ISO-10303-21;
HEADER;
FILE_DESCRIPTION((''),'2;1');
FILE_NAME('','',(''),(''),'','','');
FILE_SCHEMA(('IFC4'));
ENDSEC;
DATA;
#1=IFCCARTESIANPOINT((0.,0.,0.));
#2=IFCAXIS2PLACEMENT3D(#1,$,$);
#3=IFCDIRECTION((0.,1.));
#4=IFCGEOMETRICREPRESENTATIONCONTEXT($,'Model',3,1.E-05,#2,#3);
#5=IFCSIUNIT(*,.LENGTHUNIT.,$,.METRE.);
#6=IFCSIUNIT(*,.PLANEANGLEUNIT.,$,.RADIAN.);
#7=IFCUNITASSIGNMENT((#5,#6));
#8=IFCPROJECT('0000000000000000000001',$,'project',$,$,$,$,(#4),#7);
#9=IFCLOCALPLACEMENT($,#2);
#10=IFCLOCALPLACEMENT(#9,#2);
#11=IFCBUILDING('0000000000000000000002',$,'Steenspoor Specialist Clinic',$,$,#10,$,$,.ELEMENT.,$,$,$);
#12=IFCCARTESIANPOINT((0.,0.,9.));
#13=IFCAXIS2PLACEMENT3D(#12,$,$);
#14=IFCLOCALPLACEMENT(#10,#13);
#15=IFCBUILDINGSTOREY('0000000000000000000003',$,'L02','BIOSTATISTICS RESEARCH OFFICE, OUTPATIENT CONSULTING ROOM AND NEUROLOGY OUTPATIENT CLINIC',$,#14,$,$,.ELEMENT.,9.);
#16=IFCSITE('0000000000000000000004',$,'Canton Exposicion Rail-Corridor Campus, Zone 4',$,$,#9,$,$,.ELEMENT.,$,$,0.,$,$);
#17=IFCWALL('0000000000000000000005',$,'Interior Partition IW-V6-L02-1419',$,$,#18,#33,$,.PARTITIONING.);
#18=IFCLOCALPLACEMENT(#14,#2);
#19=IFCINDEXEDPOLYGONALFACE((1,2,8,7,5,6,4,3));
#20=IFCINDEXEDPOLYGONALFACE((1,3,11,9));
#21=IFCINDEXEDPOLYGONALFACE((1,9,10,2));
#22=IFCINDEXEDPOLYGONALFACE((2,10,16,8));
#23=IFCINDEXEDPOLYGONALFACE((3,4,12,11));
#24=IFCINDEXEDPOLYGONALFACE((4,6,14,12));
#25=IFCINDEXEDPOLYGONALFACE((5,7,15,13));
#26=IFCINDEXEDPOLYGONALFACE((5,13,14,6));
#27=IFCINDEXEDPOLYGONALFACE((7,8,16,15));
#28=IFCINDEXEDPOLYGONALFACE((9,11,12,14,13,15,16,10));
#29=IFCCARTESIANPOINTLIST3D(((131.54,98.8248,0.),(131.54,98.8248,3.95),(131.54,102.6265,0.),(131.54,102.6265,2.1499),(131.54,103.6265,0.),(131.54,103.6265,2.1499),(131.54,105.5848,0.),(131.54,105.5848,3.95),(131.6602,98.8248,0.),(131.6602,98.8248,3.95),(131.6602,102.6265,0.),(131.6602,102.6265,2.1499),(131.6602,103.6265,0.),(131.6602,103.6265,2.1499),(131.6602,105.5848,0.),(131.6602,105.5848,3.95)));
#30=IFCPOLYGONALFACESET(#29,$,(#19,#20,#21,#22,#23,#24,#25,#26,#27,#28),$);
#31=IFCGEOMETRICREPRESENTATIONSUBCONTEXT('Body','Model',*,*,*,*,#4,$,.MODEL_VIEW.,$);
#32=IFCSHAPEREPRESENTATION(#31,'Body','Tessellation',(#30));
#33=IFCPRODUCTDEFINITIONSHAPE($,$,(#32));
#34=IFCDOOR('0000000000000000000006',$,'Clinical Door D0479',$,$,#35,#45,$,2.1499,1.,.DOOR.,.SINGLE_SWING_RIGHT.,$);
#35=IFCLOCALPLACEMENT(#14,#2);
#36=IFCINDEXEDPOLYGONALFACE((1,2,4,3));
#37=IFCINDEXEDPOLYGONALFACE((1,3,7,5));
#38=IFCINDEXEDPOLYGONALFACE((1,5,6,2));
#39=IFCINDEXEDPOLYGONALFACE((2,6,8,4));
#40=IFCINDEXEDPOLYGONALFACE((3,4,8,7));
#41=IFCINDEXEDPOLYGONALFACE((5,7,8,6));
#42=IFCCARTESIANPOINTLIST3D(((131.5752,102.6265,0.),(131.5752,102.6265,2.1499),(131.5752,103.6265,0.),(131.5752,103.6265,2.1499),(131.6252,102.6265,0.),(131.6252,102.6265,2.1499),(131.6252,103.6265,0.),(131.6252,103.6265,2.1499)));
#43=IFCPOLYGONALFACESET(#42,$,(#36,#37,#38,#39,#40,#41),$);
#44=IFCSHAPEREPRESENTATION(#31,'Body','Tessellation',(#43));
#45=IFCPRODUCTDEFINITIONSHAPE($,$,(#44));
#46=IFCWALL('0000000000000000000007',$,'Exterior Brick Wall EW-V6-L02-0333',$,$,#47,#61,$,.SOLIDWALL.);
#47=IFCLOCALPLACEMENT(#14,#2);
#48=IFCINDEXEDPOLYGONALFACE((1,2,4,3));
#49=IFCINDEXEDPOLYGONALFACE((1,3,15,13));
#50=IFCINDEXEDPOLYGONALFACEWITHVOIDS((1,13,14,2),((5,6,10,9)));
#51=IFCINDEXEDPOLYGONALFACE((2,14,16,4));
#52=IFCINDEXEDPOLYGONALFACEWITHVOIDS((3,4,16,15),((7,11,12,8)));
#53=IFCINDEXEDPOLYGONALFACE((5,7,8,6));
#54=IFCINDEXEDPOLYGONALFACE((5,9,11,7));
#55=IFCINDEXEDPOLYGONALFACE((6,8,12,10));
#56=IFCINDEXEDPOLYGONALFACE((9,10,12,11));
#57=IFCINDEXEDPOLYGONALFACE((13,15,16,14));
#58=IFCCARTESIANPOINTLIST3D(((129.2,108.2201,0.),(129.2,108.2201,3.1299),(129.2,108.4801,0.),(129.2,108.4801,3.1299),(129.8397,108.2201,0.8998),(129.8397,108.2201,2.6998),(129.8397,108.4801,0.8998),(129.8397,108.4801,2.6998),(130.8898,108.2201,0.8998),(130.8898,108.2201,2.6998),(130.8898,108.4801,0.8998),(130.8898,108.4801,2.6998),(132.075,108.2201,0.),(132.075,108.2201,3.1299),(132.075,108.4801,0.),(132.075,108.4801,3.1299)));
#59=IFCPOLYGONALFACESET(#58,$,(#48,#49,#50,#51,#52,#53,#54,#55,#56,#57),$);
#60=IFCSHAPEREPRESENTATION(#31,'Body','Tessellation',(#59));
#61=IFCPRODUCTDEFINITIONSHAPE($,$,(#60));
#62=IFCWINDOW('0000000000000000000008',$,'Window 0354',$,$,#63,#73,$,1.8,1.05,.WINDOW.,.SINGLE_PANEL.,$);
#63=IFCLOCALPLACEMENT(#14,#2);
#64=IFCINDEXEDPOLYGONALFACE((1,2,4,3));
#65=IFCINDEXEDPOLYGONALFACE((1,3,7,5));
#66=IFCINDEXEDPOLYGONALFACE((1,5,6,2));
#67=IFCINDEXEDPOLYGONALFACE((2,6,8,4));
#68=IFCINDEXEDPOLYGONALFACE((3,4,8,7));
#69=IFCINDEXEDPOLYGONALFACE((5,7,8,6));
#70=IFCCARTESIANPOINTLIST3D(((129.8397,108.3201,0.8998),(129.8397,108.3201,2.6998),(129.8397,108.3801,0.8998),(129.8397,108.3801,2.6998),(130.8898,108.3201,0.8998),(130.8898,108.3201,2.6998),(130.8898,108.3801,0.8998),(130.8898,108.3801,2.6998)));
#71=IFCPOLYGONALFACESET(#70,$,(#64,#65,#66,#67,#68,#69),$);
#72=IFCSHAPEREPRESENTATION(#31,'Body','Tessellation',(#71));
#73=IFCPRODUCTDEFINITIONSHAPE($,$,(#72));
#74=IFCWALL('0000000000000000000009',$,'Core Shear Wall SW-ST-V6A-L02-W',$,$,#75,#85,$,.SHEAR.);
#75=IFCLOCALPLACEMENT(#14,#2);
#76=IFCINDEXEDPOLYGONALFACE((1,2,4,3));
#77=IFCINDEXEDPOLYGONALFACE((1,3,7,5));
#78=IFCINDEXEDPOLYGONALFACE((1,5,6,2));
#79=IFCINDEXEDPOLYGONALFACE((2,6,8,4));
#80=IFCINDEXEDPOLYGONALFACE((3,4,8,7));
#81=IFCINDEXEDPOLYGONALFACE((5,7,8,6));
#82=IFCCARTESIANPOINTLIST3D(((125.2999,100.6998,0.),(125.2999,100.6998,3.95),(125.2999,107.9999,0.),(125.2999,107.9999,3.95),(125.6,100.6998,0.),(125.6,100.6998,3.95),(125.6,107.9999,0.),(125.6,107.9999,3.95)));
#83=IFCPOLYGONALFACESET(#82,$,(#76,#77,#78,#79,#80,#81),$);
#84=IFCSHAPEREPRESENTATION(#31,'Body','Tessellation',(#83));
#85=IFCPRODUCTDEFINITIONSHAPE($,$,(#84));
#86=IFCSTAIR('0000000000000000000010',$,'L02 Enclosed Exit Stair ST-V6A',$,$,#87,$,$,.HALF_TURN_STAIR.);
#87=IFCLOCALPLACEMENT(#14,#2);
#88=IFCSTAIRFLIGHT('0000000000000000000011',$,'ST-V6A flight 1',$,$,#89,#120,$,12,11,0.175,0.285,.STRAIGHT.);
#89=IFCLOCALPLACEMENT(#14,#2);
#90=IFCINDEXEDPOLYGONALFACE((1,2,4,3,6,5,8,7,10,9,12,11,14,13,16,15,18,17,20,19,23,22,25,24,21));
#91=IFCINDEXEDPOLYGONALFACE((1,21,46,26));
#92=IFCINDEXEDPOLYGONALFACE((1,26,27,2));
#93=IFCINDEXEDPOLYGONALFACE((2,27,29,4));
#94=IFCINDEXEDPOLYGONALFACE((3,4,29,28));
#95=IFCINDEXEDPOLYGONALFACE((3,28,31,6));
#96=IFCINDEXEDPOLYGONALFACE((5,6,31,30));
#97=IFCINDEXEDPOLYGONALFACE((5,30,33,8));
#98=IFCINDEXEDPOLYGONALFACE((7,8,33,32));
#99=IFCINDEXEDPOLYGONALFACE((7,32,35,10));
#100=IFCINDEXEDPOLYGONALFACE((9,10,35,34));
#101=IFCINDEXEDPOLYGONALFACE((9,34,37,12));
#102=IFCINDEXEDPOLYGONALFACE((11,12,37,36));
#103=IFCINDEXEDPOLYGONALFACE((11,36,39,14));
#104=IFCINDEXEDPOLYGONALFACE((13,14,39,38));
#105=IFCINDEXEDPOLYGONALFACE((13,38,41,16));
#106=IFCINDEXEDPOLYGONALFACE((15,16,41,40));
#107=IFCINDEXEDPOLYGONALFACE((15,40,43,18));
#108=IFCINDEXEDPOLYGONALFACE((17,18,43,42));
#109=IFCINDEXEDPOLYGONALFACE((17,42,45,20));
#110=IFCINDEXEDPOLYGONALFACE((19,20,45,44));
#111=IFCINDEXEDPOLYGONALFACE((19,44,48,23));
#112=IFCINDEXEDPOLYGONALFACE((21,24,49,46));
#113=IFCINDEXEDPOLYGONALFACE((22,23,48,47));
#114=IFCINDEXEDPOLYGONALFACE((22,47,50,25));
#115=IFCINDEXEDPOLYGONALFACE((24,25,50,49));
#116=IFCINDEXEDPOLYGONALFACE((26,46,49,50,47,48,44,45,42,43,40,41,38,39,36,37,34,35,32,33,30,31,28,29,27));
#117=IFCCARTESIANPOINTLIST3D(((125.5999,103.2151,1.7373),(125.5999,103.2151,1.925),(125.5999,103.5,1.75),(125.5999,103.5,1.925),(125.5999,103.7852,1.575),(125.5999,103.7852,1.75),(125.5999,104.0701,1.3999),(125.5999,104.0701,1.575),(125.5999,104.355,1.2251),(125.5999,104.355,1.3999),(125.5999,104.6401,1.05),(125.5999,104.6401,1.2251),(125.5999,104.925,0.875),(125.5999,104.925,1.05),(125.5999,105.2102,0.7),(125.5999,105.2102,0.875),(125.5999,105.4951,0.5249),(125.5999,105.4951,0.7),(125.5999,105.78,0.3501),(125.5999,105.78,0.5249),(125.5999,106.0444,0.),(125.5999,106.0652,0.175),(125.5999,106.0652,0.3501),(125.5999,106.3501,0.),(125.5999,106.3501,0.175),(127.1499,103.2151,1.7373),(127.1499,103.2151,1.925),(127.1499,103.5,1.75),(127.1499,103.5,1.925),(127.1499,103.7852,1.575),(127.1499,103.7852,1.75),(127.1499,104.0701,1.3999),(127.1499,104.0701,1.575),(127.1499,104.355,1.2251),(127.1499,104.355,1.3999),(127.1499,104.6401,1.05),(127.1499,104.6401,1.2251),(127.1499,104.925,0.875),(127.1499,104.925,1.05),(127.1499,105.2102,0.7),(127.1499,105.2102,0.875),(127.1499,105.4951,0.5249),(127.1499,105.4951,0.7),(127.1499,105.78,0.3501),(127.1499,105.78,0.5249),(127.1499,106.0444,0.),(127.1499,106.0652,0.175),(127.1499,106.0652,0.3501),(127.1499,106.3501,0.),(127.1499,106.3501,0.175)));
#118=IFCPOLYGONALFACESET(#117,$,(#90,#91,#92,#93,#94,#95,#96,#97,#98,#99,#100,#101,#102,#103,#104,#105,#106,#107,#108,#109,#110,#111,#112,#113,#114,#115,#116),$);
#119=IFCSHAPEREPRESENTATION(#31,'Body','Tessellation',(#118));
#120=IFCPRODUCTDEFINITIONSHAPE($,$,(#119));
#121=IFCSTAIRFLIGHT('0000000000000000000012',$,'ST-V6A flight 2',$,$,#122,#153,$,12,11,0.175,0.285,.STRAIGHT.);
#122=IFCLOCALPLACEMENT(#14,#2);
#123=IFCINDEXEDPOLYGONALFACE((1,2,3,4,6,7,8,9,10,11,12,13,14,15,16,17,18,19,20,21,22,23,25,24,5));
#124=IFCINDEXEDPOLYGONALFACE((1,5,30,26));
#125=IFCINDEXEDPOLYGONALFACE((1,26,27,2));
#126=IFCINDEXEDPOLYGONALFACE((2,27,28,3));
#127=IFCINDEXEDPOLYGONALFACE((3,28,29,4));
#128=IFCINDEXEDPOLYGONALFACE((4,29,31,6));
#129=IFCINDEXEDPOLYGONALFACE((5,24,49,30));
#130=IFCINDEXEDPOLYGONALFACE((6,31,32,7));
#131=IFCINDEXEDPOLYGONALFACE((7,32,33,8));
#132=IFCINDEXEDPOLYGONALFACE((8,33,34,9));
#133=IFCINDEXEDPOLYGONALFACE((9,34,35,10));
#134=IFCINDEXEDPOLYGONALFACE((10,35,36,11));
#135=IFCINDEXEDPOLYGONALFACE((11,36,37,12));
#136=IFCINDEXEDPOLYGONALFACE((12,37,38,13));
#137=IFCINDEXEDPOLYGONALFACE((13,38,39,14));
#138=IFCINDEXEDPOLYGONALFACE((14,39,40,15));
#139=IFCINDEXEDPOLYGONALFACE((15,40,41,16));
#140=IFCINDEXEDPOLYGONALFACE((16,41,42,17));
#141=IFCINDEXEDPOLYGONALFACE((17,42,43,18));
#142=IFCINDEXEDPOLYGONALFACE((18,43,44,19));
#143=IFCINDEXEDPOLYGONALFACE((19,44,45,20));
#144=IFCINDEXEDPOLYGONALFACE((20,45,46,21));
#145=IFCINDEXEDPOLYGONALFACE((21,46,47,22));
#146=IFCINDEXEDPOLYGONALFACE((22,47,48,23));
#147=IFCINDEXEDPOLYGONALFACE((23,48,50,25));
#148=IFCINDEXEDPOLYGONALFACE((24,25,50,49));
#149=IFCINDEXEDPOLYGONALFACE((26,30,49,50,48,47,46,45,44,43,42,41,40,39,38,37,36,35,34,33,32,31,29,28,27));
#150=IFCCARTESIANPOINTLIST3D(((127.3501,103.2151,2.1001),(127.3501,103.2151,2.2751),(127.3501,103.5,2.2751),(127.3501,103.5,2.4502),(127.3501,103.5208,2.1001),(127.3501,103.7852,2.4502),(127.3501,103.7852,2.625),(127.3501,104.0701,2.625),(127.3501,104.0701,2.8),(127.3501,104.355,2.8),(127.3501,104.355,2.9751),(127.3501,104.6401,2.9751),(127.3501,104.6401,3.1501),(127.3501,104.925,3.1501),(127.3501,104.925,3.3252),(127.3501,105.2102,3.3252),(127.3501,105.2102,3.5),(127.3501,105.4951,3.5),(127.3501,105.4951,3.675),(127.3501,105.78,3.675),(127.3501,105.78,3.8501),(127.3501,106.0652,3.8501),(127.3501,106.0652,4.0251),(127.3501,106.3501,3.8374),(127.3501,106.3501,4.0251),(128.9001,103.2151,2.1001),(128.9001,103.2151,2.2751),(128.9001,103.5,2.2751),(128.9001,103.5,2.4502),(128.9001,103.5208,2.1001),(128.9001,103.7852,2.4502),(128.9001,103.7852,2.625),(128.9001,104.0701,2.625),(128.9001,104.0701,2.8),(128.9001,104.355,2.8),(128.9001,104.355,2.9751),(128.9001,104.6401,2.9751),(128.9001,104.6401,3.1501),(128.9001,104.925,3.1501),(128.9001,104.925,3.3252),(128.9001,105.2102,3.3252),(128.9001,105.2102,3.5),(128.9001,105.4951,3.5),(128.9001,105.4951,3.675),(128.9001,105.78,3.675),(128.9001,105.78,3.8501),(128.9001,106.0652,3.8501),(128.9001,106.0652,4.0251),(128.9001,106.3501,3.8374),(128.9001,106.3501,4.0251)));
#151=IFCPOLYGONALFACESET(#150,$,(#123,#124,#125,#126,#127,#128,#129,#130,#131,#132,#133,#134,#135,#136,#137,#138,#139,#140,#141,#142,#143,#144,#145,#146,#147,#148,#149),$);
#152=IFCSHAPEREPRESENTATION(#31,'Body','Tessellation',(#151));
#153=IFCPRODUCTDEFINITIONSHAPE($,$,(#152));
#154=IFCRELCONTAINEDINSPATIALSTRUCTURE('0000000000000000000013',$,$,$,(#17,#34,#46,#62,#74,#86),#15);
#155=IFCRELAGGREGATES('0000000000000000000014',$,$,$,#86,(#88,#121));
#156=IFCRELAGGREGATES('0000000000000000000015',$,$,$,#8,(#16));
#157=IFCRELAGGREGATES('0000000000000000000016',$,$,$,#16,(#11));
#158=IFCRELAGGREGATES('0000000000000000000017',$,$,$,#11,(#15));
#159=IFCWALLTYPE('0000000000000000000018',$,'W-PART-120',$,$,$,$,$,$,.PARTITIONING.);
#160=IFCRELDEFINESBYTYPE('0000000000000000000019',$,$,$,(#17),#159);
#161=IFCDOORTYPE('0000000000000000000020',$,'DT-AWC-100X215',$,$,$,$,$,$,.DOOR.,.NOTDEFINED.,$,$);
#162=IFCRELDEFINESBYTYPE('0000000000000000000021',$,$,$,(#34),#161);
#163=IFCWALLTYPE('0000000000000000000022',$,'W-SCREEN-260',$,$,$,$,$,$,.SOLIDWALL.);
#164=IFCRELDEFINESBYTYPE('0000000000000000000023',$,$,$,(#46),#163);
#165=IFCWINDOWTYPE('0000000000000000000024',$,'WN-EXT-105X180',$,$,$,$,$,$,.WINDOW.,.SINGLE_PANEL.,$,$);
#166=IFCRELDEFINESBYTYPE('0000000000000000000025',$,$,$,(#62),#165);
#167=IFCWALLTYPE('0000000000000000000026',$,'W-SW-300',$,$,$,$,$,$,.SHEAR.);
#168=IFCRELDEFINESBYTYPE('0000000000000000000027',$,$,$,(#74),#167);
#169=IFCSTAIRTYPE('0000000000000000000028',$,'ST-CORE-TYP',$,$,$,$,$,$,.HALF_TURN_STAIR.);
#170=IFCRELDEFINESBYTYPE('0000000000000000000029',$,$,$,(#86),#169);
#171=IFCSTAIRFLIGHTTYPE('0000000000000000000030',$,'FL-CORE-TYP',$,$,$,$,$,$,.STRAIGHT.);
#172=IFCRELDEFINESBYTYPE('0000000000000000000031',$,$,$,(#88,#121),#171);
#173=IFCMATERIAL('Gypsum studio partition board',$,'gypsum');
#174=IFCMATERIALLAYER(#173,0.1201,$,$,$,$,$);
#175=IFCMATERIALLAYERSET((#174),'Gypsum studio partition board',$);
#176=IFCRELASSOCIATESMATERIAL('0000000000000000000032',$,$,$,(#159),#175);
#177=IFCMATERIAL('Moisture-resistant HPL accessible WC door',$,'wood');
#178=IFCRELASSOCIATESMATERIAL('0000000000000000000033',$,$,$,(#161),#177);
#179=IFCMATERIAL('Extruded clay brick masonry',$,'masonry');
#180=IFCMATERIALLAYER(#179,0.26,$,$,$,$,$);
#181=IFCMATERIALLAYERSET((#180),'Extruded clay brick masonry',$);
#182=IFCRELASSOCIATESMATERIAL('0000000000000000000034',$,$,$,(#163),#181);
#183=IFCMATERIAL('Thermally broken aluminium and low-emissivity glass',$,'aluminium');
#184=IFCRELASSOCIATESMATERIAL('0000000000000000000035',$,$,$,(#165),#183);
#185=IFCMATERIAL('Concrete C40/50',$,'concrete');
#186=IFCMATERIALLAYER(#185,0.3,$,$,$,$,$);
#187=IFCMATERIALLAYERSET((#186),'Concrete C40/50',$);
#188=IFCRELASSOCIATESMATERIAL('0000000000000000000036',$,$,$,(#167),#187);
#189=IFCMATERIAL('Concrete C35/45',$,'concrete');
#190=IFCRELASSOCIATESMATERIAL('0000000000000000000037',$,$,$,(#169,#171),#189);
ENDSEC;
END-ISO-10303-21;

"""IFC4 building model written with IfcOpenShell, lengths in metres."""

from ifc_helpers import new_model, si_unit, direction, frame, frame_2d, origin, place, context, subcontext, project, spatial, polyline, rectangle, outline, extrude, material, layer, layer_set, type_object, element, fill, aggregate, save


model = new_model("IFC4")

# Units and contexts
model_context = context("Model", 3, precision=1e-05, world=origin(), true_north=direction((0.0, 1.0)))
body_context = subcontext(model_context, "Body", "Model", "MODEL_VIEW")
ifc_project = project(units=[si_unit("LENGTHUNIT", "METRE"), si_unit("PLANEANGLEUNIT", "RADIAN")], contexts=[model_context])

# Site, building, storey
site_placement = place(None, origin())
site = spatial("IfcSite", under=ifc_project, at=site_placement, Name="Canton Exposicion Rail-Corridor Campus, Zone 4", CompositionType="ELEMENT", RefElevation=0.0)
building_placement = place(site_placement, origin())
building = spatial("IfcBuilding", under=site, at=building_placement, Name="Steenspoor Specialist Clinic", CompositionType="ELEMENT")
storey_placement = place(building_placement, frame((0.0, 0.0, 9.0)))
storey = spatial("IfcBuildingStorey", under=building, at=storey_placement, Name="L02", Description="BIOSTATISTICS RESEARCH OFFICE, OUTPATIENT CONSULTING ROOM AND NEUROLOGY OUTPATIENT CLINIC", CompositionType="ELEMENT", Elevation=9.0)

# Shared definitions
ifc_material_1 = material(Name="Concrete C40/50", Category="concrete")

# Shared definitions
ifc_material_2 = material(Name="Concrete C35/45", Category="concrete")

# Shared definitions
ifc_material_3 = material(Name="Gypsum studio partition board", Category="gypsum")
ifc_layer_1 = layer(ifc_material_3, 0.1201)
ifc_layer_set_1 = layer_set([ifc_layer_1], Name="Gypsum studio partition board")
wall_type_1 = type_object("IfcWallType", Name="W-PART-120", PredefinedType="PARTITIONING", material=ifc_layer_set_1)

# Wall, opening, door
wall_1_placement = place(storey_placement, frame((131.6001, 98.825, 0.0), z_axis=(0.0, 0.0, 1.0), x_axis=(0.0, 1.0, 0.0)))
wall_1 = element("IfcWall", 1, at=wall_1_placement, inside=storey, type_object=wall_type_1, Name="Interior Partition IW-V6-L02-1419", PredefinedType="PARTITIONING", context=body_context, shape_type="SweptSolid", body=[
    extrude(rectangle(XDim=6.76, YDim=0.1201, at=frame_2d((3.3799, 0.0))), origin(), (0.0, 0.0, 1.0), 3.95),
])
opening_1_placement = place(wall_1_placement, frame((3.8015, 0.0, 0.0)))
opening_1 = element("IfcOpeningElement", 2, at=opening_1_placement, cuts=wall_1, PredefinedType="OPENING", context=body_context, shape_type="SweptSolid", body=[
    extrude(rectangle(XDim=1.0, YDim=2.1499, at=frame_2d((0.5, 1.075))), frame((0.0, 0.0701, 0.0), z_axis=(0.0, -1.0, 0.0), x_axis=(1.0, 0.0, 0.0)), (0.0, 0.0, 1.0), 0.1401),
])
ifc_material_4 = material(Name="Moisture-resistant HPL accessible WC door", Category="wood")
door_type_1 = type_object("IfcDoorType", Name="DT-AWC-100X215", OperationType="NOTDEFINED", PredefinedType="DOOR", material=ifc_material_4)
door_1_placement = place(opening_1_placement, origin())
door_1 = element("IfcDoor", 3, at=door_1_placement, inside=storey, type_object=door_type_1, Name="Clinical Door D0479", OperationType="SINGLE_SWING_RIGHT", OverallHeight=2.1499, OverallWidth=1.0, PredefinedType="DOOR", context=body_context, shape_type="SweptSolid", body=[
    extrude(rectangle(XDim=1.0, YDim=2.1499, at=frame_2d((0.5, 1.075))), frame((0.0, 0.0249, 0.0), z_axis=(0.0, -1.0, 0.0), x_axis=(1.0, 0.0, 0.0)), (0.0, 0.0, 1.0), 0.05),
])
fill(opening_1, door_1)

# Wall, opening, window
ifc_material_5 = material(Name="Extruded clay brick masonry", Category="masonry")
ifc_layer_2 = layer(ifc_material_5, 0.26)
ifc_layer_set_2 = layer_set([ifc_layer_2], Name="Extruded clay brick masonry")
wall_type_2 = type_object("IfcWallType", Name="W-SCREEN-260", PredefinedType="SOLIDWALL", material=ifc_layer_set_2)
wall_2_placement = place(storey_placement, frame((129.2, 108.3501, 0.0), z_axis=(0.0, 0.0, 1.0), x_axis=(1.0, 0.0, 0.0)))
wall_2 = element("IfcWall", 4, at=wall_2_placement, inside=storey, type_object=wall_type_2, Name="Exterior Brick Wall EW-V6-L02-0333", PredefinedType="SOLIDWALL", context=body_context, shape_type="SweptSolid", body=[
    extrude(rectangle(XDim=2.875, YDim=0.26, at=frame_2d((1.4375, 0.0))), origin(), (0.0, 0.0, 1.0), 3.1299),
])
opening_2_placement = place(wall_2_placement, frame((0.6399, 0.0, 0.8999)))
opening_2 = element("IfcOpeningElement", 5, at=opening_2_placement, cuts=wall_2, PredefinedType="OPENING", context=body_context, shape_type="SweptSolid", body=[
    extrude(rectangle(XDim=1.05, YDim=1.8, at=frame_2d((0.5249, 0.8999))), frame((0.0, 0.1401, 0.0), z_axis=(0.0, -1.0, 0.0), x_axis=(1.0, 0.0, 0.0)), (0.0, 0.0, 1.0), 0.28),
])
ifc_material_6 = material(Name="Thermally broken aluminium and low-emissivity glass", Category="aluminium")
window_type = type_object("IfcWindowType", Name="WN-EXT-105X180", PartitioningType="SINGLE_PANEL", PredefinedType="WINDOW", material=ifc_material_6)
window_placement = place(opening_2_placement, origin())
window = element("IfcWindow", 6, at=window_placement, inside=storey, type_object=window_type, Name="Window 0354", OverallHeight=1.8, OverallWidth=1.05, PartitioningType="SINGLE_PANEL", PredefinedType="WINDOW", context=body_context, shape_type="SweptSolid", body=[
    extrude(rectangle(XDim=1.05, YDim=1.8, at=frame_2d((0.5249, 0.8999))), frame((0.0, 0.03, 0.0), z_axis=(0.0, -1.0, 0.0), x_axis=(1.0, 0.0, 0.0)), (0.0, 0.0, 1.0), 0.0601),
])
fill(opening_2, window)

# Wall
ifc_layer_3 = layer(ifc_material_1, 0.3)
ifc_layer_set_3 = layer_set([ifc_layer_3], Name="Concrete C40/50")
wall_type_3 = type_object("IfcWallType", Name="W-SW-300", PredefinedType="SHEAR", material=ifc_layer_set_3)
wall_3_placement = place(storey_placement, frame((125.45, 100.7, 0.0), z_axis=(0.0, 0.0, 1.0), x_axis=(0.0, 1.0, 0.0)))
element("IfcWall", 7, at=wall_3_placement, inside=storey, type_object=wall_type_3, Name="Core Shear Wall SW-ST-V6A-L02-W", PredefinedType="SHEAR", context=body_context, shape_type="SweptSolid", body=[
    extrude(rectangle(XDim=7.3, YDim=0.3, at=frame_2d((3.6499, 0.0))), origin(), (0.0, 0.0, 1.0), 3.95),
])

# Stair, stair flights
stair_type = type_object("IfcStairType", Name="ST-CORE-TYP", PredefinedType="HALF_TURN_STAIR", material=ifc_material_2)
stair_placement = place(storey_placement, origin())
stair = element("IfcStair", 8, at=stair_placement, inside=storey, type_object=stair_type, Name="L02 Enclosed Exit Stair ST-V6A", PredefinedType="HALF_TURN_STAIR")
stair_flight_type = type_object("IfcStairFlightType", Name="FL-CORE-TYP", PredefinedType="STRAIGHT", material=ifc_material_2)
stair_flight_1_placement = place(storey_placement, frame((126.375, 106.3501, 0.0), z_axis=(0.0, 0.0, 1.0), x_axis=(0.0, -1.0, 0.0)))
stair_flight_1 = element("IfcStairFlight", 9, at=stair_flight_1_placement, type_object=stair_flight_type, Name="ST-V6A flight 1", NumberOfRisers=12, NumberOfTreads=11, PredefinedType="STRAIGHT", RiserHeight=0.175, TreadLength=0.285, context=body_context, shape_type="SweptSolid", body=[
    extrude(outline(polyline([(0.0, 0.0), (0.0, 0.175), (0.2849, 0.175), (0.2849, 0.3501), (0.5701, 0.3501), (0.5701, 0.5249), (0.855, 0.5249), (0.855, 0.7), (1.1399, 0.7), (1.1399, 0.875), (1.425, 0.875), (1.425, 1.05), (1.71, 1.05), (1.71, 1.2251), (1.9951, 1.2251), (1.9951, 1.3999), (2.28, 1.3999), (2.28, 1.575), (2.5649, 1.575), (2.5649, 1.75), (2.8501, 1.75), (2.8501, 1.925), (3.135, 1.925), (3.135, 2.1001), (3.135, 1.7373), (0.3057, 0.0), (0.0, 0.0)])), frame((0.0, 0.7749, 0.0), z_axis=(0.0, -1.0, 0.0), x_axis=(1.0, 0.0, 0.0)), (0.0, 0.0, 1.0), 1.55),
])
stair_flight_2_placement = place(storey_placement, frame((128.125, 103.2151, 2.1001), z_axis=(0.0, 0.0, 1.0), x_axis=(0.0, 1.0, 0.0)))
stair_flight_2 = element("IfcStairFlight", 10, at=stair_flight_2_placement, type_object=stair_flight_type, Name="ST-V6A flight 2", NumberOfRisers=12, NumberOfTreads=11, PredefinedType="STRAIGHT", RiserHeight=0.175, TreadLength=0.285, context=body_context, shape_type="SweptSolid", body=[
    extrude(outline(polyline([(0.0, 0.0), (0.0, 0.175), (0.2849, 0.175), (0.2849, 0.3501), (0.5701, 0.3501), (0.5701, 0.5249), (0.855, 0.5249), (0.855, 0.7), (1.1399, 0.7), (1.1399, 0.875), (1.425, 0.875), (1.425, 1.05), (1.71, 1.05), (1.71, 1.2251), (1.9951, 1.2251), (1.9951, 1.3999), (2.28, 1.3999), (2.28, 1.575), (2.5649, 1.575), (2.5649, 1.75), (2.8501, 1.75), (2.8501, 1.925), (3.135, 1.925), (3.135, 2.1001), (3.135, 1.7373), (0.3057, 0.0), (0.0, 0.0)])), frame((0.0, 0.7749, 0.0), z_axis=(0.0, -1.0, 0.0), x_axis=(1.0, 0.0, 0.0)), (0.0, 0.0, 1.0), 1.55),
])
aggregate(stair, [stair_flight_1, stair_flight_2])

save(model, "model.ifc")
